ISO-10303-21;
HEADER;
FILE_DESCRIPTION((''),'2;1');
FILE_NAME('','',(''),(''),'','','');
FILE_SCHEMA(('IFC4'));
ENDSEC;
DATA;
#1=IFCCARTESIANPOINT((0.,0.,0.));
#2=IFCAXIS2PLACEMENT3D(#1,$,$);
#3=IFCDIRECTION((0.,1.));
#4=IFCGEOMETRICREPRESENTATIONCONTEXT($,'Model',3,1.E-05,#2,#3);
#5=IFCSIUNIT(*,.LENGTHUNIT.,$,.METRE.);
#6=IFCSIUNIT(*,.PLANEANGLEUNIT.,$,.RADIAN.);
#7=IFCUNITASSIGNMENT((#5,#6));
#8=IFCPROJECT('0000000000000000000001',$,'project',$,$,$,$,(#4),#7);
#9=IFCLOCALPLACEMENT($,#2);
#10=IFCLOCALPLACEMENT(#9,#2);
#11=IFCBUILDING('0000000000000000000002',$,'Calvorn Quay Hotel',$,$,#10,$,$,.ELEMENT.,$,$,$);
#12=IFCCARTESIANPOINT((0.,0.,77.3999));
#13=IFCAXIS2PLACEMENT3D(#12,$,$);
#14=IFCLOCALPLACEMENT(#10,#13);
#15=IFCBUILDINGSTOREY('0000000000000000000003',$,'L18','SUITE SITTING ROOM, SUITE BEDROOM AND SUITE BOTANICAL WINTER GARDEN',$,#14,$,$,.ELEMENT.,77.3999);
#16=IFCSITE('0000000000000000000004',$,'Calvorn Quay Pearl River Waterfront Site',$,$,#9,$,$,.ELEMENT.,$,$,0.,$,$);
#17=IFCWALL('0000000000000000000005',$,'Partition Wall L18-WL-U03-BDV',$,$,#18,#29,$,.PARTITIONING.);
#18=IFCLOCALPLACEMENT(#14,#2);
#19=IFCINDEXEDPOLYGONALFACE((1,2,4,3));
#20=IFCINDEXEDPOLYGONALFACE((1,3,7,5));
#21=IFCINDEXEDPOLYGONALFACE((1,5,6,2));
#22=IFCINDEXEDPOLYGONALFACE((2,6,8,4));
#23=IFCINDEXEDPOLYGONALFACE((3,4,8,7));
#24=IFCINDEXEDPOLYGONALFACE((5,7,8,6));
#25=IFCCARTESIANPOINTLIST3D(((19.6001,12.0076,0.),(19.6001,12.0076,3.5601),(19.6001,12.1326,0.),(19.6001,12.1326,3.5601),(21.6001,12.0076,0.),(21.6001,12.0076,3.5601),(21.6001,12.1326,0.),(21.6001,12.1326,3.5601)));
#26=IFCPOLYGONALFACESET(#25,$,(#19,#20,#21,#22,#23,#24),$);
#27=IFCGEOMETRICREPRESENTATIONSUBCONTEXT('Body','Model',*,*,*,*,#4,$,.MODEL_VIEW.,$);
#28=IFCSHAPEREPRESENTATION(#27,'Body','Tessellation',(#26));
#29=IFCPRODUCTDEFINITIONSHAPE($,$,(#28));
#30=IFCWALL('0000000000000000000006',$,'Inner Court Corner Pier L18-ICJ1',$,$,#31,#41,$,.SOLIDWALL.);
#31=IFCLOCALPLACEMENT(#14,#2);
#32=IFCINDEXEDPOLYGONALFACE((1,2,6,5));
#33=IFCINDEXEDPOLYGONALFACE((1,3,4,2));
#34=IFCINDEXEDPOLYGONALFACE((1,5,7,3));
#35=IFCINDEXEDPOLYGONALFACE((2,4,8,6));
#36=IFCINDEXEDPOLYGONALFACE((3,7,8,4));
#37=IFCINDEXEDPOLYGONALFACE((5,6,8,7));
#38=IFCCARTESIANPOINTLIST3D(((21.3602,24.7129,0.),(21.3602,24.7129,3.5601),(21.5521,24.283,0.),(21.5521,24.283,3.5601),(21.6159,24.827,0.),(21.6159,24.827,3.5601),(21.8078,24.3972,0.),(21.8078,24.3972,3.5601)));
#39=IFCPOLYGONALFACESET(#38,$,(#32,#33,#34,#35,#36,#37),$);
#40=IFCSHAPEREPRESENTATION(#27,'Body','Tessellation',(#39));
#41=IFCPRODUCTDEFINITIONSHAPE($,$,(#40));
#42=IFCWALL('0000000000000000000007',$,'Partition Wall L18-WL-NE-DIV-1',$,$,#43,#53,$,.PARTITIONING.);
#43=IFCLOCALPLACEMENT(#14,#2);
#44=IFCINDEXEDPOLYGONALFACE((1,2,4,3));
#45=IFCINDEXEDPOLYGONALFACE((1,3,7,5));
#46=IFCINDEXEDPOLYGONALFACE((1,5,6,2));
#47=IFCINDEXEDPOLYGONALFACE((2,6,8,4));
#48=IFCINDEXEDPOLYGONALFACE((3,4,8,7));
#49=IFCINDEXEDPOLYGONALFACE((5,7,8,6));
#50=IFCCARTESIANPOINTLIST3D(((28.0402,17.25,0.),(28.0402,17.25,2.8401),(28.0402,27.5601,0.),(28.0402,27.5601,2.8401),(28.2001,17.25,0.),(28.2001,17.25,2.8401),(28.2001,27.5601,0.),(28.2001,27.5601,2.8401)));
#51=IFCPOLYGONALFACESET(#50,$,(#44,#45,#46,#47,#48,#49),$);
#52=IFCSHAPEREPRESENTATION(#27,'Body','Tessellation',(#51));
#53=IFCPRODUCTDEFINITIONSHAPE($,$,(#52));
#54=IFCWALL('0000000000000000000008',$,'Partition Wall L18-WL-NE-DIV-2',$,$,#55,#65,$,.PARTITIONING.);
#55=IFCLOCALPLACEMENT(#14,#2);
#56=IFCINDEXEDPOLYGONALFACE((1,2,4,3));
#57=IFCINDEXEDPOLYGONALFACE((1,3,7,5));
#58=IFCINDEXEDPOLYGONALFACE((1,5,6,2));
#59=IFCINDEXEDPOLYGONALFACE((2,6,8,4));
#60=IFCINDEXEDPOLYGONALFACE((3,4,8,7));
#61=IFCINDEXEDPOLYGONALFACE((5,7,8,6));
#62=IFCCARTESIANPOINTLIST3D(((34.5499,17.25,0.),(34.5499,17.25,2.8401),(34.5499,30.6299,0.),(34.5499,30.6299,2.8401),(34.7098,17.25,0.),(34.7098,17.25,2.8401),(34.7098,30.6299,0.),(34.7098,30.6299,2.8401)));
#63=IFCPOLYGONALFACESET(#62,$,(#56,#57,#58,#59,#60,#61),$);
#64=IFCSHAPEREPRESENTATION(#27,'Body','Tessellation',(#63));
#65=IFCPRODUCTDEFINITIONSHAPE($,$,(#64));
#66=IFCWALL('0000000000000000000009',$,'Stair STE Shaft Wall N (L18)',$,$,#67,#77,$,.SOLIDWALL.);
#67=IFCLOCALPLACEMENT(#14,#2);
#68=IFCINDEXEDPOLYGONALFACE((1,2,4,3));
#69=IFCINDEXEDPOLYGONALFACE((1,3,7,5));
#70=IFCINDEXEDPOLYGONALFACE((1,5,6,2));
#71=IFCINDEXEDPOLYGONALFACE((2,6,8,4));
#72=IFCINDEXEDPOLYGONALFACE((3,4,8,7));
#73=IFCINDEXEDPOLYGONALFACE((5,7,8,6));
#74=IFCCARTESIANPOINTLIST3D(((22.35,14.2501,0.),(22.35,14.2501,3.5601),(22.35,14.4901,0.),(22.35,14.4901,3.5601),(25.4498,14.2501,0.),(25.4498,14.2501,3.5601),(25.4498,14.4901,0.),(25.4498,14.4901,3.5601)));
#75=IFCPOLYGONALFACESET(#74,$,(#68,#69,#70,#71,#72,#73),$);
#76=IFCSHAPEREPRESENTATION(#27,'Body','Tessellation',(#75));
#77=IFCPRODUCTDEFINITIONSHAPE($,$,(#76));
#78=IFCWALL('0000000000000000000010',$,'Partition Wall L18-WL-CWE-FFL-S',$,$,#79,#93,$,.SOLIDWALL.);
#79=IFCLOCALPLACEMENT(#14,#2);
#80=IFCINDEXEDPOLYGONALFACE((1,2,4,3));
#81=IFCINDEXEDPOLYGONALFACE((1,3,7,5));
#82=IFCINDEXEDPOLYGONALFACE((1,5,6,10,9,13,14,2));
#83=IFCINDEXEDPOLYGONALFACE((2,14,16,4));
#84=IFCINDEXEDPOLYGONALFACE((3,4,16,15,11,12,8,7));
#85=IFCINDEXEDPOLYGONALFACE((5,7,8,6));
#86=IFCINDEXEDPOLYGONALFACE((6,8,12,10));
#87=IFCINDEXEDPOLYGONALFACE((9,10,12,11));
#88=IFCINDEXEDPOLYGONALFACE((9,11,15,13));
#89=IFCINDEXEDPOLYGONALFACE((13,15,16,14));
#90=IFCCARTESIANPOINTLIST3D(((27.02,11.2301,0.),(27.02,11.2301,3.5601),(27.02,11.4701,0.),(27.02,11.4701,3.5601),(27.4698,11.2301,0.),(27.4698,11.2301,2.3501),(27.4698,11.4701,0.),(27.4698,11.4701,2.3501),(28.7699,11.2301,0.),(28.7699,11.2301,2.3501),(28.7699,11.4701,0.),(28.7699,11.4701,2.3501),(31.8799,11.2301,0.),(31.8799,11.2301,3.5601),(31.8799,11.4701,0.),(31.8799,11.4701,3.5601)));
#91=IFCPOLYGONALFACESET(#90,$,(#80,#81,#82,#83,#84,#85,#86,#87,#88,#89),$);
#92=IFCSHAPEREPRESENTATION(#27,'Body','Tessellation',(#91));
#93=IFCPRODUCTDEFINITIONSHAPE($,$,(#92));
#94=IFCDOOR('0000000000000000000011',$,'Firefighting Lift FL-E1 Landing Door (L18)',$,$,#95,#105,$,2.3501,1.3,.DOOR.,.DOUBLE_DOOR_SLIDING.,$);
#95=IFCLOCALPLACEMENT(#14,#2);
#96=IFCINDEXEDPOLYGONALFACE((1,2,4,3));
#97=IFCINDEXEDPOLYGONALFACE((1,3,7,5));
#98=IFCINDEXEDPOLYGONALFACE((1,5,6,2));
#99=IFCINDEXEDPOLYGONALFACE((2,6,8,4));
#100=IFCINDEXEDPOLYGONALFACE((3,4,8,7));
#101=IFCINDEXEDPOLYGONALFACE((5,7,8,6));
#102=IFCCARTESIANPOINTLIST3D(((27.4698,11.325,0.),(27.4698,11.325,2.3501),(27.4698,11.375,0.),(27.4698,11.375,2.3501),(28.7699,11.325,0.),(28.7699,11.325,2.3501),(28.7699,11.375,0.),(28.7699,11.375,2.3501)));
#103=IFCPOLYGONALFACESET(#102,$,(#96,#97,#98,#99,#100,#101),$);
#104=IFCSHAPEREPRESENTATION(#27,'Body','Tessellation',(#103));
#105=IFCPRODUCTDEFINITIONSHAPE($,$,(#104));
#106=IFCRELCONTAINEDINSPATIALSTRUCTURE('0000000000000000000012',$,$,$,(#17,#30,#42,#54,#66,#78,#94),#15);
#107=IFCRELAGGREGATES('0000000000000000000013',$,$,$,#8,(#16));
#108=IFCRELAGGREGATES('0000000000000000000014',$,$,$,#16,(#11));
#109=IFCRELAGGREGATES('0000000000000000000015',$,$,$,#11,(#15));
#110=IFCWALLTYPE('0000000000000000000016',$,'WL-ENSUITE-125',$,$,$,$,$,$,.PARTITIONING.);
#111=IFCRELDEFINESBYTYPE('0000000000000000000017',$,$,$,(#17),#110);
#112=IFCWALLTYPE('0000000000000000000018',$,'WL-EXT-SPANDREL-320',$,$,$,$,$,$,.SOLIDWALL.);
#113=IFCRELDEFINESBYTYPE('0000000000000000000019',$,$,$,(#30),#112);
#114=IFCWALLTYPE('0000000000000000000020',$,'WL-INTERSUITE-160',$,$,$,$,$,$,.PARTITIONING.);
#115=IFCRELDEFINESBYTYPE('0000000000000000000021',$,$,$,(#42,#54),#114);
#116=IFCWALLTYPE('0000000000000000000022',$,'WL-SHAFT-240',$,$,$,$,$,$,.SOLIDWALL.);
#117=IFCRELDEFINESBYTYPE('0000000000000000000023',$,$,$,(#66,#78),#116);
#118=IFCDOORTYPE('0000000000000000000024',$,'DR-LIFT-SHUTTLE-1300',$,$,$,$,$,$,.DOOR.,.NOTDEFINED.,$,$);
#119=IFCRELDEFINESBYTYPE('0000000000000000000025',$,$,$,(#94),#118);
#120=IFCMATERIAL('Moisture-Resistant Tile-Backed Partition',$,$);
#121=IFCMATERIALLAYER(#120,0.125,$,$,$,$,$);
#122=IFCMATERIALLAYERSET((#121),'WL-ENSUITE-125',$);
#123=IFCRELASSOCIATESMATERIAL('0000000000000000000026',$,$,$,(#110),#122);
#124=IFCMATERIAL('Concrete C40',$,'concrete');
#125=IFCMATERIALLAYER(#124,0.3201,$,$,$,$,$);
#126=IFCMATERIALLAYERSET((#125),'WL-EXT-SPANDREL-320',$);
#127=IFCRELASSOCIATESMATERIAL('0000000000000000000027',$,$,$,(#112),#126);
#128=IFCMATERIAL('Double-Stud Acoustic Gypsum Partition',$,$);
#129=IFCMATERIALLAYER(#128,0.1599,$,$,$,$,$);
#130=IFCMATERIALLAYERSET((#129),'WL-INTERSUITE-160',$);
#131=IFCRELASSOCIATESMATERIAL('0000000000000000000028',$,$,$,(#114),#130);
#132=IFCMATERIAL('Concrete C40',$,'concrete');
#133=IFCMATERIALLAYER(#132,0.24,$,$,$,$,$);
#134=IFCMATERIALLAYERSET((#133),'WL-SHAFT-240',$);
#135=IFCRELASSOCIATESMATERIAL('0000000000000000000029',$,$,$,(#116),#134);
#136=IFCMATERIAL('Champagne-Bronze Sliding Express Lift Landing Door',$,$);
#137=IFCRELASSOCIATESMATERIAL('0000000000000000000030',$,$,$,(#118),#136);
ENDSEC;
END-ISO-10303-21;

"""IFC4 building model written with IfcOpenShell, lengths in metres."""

from ifc_helpers import new_model, si_unit, direction, frame, frame_2d, origin, place, context, subcontext, project, spatial, rectangle, extrude, material, layer, layer_set, type_object, element, fill, save


model = new_model("IFC4")

# Units and contexts
model_context = context("Model", 3, precision=1e-05, world=origin(), true_north=direction((0.0, 1.0)))
body_context = subcontext(model_context, "Body", "Model", "MODEL_VIEW")
ifc_project = project(units=[si_unit("LENGTHUNIT", "METRE"), si_unit("PLANEANGLEUNIT", "RADIAN")], contexts=[model_context])

# Site, building, storey
site_placement = place(None, origin())
site = spatial("IfcSite", under=ifc_project, at=site_placement, Name="Calvorn Quay Pearl River Waterfront Site", CompositionType="ELEMENT", RefElevation=0.0)
building_placement = place(site_placement, origin())
building = spatial("IfcBuilding", under=site, at=building_placement, Name="Calvorn Quay Hotel", CompositionType="ELEMENT")
storey_placement = place(building_placement, frame((0.0, 0.0, 77.3999)))
storey = spatial("IfcBuildingStorey", under=building, at=storey_placement, Name="L18", Description="SUITE SITTING ROOM, SUITE BEDROOM AND SUITE BOTANICAL WINTER GARDEN", CompositionType="ELEMENT", Elevation=77.3999)

# Walls
ifc_material_1 = material(Name="Moisture-Resistant Tile-Backed Partition")
ifc_layer_1 = layer(ifc_material_1, 0.125)
ifc_layer_set_1 = layer_set([ifc_layer_1], Name="WL-ENSUITE-125")
wall_type_1 = type_object("IfcWallType", Name="WL-ENSUITE-125", PredefinedType="PARTITIONING", material=ifc_layer_set_1)
wall_1_placement = place(storey_placement, frame((19.6001, 12.0701, 0.0), z_axis=(0.0, 0.0, 1.0), x_axis=(1.0, 0.0, 0.0)))
element("IfcWall", 1, at=wall_1_placement, inside=storey, type_object=wall_type_1, Name="Partition Wall L18-WL-U03-BDV", PredefinedType="PARTITIONING", context=body_context, shape_type="SweptSolid", body=[
    extrude(rectangle(XDim=2.0, YDim=0.125, at=frame_2d((1.0, 0.0))), origin(), (0.0, 0.0, 1.0), 3.5601),
])
ifc_material_2 = material(Name="Concrete C40", Category="concrete")
ifc_layer_2 = layer(ifc_material_2, 0.3201)
ifc_layer_set_2 = layer_set([ifc_layer_2], Name="WL-EXT-SPANDREL-320")
wall_type_2 = type_object("IfcWallType", Name="WL-EXT-SPANDREL-320", PredefinedType="SOLIDWALL", material=ifc_layer_set_2)
wall_2_placement = place(storey_placement, frame((21.6799, 24.3401, 0.0), z_axis=(0.0, 0.0, 1.0), x_axis=(-0.407581, 0.913169, 0.0)))
element("IfcWall", 2, at=wall_2_placement, inside=storey, type_object=wall_type_2, Name="Inner Court Corner Pier L18-ICJ1", PredefinedType="SOLIDWALL", context=body_context, shape_type="SweptSolid", body=[
    extrude(rectangle(XDim=0.4707, YDim=0.28, at=frame_2d((0.2354, 0.0))), origin(), (0.0, 0.0, 1.0), 3.5601),
])
ifc_material_3 = material(Name="Double-Stud Acoustic Gypsum Partition")
ifc_layer_3 = layer(ifc_material_3, 0.1599)
ifc_layer_set_3 = layer_set([ifc_layer_3], Name="WL-INTERSUITE-160")
wall_type_3 = type_object("IfcWallType", Name="WL-INTERSUITE-160", PredefinedType="PARTITIONING", material=ifc_layer_set_3)
wall_3_placement = place(storey_placement, frame((28.1201, 17.25, 0.0), z_axis=(0.0, 0.0, 1.0), x_axis=(0.0, 1.0, 0.0)))
element("IfcWall", 3, at=wall_3_placement, inside=storey, type_object=wall_type_3, Name="Partition Wall L18-WL-NE-DIV-1", PredefinedType="PARTITIONING", context=body_context, shape_type="SweptSolid", body=[
    extrude(rectangle(XDim=10.3101, YDim=0.1599, at=frame_2d((5.155, 0.0))), origin(), (0.0, 0.0, 1.0), 2.8401),
])
wall_4_placement = place(storey_placement, frame((34.6299, 17.25, 0.0), z_axis=(0.0, 0.0, 1.0), x_axis=(0.0, 1.0, 0.0)))
element("IfcWall", 4, at=wall_4_placement, inside=storey, type_object=wall_type_3, Name="Partition Wall L18-WL-NE-DIV-2", PredefinedType="PARTITIONING", context=body_context, shape_type="SweptSolid", body=[
    extrude(rectangle(XDim=13.3799, YDim=0.1599, at=frame_2d((6.6899, 0.0))), origin(), (0.0, 0.0, 1.0), 2.8401),
])
ifc_material_4 = material(Name="Concrete C40", Category="concrete")
ifc_layer_4 = layer(ifc_material_4, 0.24)
ifc_layer_set_4 = layer_set([ifc_layer_4], Name="WL-SHAFT-240")
wall_type_4 = type_object("IfcWallType", Name="WL-SHAFT-240", PredefinedType="SOLIDWALL", material=ifc_layer_set_4)
wall_5_placement = place(storey_placement, frame((22.3501, 14.3701, 0.0), z_axis=(0.0, 0.0, 1.0), x_axis=(1.0, 0.0, 0.0)))
element("IfcWall", 5, at=wall_5_placement, inside=storey, type_object=wall_type_4, Name="Stair STE Shaft Wall N (L18)", PredefinedType="SOLIDWALL", context=body_context, shape_type="SweptSolid", body=[
    extrude(rectangle(XDim=3.0999, YDim=0.24, at=frame_2d((1.5498, 0.0))), origin(), (0.0, 0.0, 1.0), 3.5601),
])

# Wall, opening, door
wall_6_placement = place(storey_placement, frame((27.02, 11.3501, 0.0), z_axis=(0.0, 0.0, 1.0), x_axis=(1.0, 0.0, 0.0)))
wall_6 = element("IfcWall", 6, at=wall_6_placement, inside=storey, type_object=wall_type_4, Name="Partition Wall L18-WL-CWE-FFL-S", PredefinedType="SOLIDWALL", context=body_context, shape_type="SweptSolid", body=[
    extrude(rectangle(XDim=4.8599, YDim=0.24, at=frame_2d((2.4299, 0.0))), origin(), (0.0, 0.0, 1.0), 3.5601),
])
opening_1_placement = place(wall_6_placement, frame((0.45, 0.0, 0.0)))
opening_1 = element("IfcOpeningElement", 7, at=opening_1_placement, cuts=wall_6, PredefinedType="OPENING", context=body_context, shape_type="SweptSolid", body=[
    extrude(rectangle(XDim=1.3, YDim=2.3501, at=frame_2d((0.6499, 1.175))), frame((0.0, 0.1299, 0.0), z_axis=(0.0, -1.0, 0.0), x_axis=(1.0, 0.0, 0.0)), (0.0, 0.0, 1.0), 0.26),
])
ifc_material_5 = material(Name="Champagne-Bronze Sliding Express Lift Landing Door")
door_type_1 = type_object("IfcDoorType", Name="DR-LIFT-SHUTTLE-1300", OperationType="NOTDEFINED", PredefinedType="DOOR", material=ifc_material_5)
door_1_placement = place(opening_1_placement, origin())
door_1 = element("IfcDoor", 8, at=door_1_placement, inside=storey, type_object=door_type_1, Name="Firefighting Lift FL-E1 Landing Door (L18)", OperationType="DOUBLE_DOOR_SLIDING", OverallHeight=2.3501, OverallWidth=1.3, PredefinedType="DOOR", context=body_context, shape_type="SweptSolid", body=[
    extrude(rectangle(XDim=1.3, YDim=2.3501, at=frame_2d((0.6499, 1.175))), frame((0.0, 0.0249, 0.0), z_axis=(0.0, -1.0, 0.0), x_axis=(1.0, 0.0, 0.0)), (0.0, 0.0, 1.0), 0.05),
])
fill(opening_1, door_1)

save(model, "model.ifc")
